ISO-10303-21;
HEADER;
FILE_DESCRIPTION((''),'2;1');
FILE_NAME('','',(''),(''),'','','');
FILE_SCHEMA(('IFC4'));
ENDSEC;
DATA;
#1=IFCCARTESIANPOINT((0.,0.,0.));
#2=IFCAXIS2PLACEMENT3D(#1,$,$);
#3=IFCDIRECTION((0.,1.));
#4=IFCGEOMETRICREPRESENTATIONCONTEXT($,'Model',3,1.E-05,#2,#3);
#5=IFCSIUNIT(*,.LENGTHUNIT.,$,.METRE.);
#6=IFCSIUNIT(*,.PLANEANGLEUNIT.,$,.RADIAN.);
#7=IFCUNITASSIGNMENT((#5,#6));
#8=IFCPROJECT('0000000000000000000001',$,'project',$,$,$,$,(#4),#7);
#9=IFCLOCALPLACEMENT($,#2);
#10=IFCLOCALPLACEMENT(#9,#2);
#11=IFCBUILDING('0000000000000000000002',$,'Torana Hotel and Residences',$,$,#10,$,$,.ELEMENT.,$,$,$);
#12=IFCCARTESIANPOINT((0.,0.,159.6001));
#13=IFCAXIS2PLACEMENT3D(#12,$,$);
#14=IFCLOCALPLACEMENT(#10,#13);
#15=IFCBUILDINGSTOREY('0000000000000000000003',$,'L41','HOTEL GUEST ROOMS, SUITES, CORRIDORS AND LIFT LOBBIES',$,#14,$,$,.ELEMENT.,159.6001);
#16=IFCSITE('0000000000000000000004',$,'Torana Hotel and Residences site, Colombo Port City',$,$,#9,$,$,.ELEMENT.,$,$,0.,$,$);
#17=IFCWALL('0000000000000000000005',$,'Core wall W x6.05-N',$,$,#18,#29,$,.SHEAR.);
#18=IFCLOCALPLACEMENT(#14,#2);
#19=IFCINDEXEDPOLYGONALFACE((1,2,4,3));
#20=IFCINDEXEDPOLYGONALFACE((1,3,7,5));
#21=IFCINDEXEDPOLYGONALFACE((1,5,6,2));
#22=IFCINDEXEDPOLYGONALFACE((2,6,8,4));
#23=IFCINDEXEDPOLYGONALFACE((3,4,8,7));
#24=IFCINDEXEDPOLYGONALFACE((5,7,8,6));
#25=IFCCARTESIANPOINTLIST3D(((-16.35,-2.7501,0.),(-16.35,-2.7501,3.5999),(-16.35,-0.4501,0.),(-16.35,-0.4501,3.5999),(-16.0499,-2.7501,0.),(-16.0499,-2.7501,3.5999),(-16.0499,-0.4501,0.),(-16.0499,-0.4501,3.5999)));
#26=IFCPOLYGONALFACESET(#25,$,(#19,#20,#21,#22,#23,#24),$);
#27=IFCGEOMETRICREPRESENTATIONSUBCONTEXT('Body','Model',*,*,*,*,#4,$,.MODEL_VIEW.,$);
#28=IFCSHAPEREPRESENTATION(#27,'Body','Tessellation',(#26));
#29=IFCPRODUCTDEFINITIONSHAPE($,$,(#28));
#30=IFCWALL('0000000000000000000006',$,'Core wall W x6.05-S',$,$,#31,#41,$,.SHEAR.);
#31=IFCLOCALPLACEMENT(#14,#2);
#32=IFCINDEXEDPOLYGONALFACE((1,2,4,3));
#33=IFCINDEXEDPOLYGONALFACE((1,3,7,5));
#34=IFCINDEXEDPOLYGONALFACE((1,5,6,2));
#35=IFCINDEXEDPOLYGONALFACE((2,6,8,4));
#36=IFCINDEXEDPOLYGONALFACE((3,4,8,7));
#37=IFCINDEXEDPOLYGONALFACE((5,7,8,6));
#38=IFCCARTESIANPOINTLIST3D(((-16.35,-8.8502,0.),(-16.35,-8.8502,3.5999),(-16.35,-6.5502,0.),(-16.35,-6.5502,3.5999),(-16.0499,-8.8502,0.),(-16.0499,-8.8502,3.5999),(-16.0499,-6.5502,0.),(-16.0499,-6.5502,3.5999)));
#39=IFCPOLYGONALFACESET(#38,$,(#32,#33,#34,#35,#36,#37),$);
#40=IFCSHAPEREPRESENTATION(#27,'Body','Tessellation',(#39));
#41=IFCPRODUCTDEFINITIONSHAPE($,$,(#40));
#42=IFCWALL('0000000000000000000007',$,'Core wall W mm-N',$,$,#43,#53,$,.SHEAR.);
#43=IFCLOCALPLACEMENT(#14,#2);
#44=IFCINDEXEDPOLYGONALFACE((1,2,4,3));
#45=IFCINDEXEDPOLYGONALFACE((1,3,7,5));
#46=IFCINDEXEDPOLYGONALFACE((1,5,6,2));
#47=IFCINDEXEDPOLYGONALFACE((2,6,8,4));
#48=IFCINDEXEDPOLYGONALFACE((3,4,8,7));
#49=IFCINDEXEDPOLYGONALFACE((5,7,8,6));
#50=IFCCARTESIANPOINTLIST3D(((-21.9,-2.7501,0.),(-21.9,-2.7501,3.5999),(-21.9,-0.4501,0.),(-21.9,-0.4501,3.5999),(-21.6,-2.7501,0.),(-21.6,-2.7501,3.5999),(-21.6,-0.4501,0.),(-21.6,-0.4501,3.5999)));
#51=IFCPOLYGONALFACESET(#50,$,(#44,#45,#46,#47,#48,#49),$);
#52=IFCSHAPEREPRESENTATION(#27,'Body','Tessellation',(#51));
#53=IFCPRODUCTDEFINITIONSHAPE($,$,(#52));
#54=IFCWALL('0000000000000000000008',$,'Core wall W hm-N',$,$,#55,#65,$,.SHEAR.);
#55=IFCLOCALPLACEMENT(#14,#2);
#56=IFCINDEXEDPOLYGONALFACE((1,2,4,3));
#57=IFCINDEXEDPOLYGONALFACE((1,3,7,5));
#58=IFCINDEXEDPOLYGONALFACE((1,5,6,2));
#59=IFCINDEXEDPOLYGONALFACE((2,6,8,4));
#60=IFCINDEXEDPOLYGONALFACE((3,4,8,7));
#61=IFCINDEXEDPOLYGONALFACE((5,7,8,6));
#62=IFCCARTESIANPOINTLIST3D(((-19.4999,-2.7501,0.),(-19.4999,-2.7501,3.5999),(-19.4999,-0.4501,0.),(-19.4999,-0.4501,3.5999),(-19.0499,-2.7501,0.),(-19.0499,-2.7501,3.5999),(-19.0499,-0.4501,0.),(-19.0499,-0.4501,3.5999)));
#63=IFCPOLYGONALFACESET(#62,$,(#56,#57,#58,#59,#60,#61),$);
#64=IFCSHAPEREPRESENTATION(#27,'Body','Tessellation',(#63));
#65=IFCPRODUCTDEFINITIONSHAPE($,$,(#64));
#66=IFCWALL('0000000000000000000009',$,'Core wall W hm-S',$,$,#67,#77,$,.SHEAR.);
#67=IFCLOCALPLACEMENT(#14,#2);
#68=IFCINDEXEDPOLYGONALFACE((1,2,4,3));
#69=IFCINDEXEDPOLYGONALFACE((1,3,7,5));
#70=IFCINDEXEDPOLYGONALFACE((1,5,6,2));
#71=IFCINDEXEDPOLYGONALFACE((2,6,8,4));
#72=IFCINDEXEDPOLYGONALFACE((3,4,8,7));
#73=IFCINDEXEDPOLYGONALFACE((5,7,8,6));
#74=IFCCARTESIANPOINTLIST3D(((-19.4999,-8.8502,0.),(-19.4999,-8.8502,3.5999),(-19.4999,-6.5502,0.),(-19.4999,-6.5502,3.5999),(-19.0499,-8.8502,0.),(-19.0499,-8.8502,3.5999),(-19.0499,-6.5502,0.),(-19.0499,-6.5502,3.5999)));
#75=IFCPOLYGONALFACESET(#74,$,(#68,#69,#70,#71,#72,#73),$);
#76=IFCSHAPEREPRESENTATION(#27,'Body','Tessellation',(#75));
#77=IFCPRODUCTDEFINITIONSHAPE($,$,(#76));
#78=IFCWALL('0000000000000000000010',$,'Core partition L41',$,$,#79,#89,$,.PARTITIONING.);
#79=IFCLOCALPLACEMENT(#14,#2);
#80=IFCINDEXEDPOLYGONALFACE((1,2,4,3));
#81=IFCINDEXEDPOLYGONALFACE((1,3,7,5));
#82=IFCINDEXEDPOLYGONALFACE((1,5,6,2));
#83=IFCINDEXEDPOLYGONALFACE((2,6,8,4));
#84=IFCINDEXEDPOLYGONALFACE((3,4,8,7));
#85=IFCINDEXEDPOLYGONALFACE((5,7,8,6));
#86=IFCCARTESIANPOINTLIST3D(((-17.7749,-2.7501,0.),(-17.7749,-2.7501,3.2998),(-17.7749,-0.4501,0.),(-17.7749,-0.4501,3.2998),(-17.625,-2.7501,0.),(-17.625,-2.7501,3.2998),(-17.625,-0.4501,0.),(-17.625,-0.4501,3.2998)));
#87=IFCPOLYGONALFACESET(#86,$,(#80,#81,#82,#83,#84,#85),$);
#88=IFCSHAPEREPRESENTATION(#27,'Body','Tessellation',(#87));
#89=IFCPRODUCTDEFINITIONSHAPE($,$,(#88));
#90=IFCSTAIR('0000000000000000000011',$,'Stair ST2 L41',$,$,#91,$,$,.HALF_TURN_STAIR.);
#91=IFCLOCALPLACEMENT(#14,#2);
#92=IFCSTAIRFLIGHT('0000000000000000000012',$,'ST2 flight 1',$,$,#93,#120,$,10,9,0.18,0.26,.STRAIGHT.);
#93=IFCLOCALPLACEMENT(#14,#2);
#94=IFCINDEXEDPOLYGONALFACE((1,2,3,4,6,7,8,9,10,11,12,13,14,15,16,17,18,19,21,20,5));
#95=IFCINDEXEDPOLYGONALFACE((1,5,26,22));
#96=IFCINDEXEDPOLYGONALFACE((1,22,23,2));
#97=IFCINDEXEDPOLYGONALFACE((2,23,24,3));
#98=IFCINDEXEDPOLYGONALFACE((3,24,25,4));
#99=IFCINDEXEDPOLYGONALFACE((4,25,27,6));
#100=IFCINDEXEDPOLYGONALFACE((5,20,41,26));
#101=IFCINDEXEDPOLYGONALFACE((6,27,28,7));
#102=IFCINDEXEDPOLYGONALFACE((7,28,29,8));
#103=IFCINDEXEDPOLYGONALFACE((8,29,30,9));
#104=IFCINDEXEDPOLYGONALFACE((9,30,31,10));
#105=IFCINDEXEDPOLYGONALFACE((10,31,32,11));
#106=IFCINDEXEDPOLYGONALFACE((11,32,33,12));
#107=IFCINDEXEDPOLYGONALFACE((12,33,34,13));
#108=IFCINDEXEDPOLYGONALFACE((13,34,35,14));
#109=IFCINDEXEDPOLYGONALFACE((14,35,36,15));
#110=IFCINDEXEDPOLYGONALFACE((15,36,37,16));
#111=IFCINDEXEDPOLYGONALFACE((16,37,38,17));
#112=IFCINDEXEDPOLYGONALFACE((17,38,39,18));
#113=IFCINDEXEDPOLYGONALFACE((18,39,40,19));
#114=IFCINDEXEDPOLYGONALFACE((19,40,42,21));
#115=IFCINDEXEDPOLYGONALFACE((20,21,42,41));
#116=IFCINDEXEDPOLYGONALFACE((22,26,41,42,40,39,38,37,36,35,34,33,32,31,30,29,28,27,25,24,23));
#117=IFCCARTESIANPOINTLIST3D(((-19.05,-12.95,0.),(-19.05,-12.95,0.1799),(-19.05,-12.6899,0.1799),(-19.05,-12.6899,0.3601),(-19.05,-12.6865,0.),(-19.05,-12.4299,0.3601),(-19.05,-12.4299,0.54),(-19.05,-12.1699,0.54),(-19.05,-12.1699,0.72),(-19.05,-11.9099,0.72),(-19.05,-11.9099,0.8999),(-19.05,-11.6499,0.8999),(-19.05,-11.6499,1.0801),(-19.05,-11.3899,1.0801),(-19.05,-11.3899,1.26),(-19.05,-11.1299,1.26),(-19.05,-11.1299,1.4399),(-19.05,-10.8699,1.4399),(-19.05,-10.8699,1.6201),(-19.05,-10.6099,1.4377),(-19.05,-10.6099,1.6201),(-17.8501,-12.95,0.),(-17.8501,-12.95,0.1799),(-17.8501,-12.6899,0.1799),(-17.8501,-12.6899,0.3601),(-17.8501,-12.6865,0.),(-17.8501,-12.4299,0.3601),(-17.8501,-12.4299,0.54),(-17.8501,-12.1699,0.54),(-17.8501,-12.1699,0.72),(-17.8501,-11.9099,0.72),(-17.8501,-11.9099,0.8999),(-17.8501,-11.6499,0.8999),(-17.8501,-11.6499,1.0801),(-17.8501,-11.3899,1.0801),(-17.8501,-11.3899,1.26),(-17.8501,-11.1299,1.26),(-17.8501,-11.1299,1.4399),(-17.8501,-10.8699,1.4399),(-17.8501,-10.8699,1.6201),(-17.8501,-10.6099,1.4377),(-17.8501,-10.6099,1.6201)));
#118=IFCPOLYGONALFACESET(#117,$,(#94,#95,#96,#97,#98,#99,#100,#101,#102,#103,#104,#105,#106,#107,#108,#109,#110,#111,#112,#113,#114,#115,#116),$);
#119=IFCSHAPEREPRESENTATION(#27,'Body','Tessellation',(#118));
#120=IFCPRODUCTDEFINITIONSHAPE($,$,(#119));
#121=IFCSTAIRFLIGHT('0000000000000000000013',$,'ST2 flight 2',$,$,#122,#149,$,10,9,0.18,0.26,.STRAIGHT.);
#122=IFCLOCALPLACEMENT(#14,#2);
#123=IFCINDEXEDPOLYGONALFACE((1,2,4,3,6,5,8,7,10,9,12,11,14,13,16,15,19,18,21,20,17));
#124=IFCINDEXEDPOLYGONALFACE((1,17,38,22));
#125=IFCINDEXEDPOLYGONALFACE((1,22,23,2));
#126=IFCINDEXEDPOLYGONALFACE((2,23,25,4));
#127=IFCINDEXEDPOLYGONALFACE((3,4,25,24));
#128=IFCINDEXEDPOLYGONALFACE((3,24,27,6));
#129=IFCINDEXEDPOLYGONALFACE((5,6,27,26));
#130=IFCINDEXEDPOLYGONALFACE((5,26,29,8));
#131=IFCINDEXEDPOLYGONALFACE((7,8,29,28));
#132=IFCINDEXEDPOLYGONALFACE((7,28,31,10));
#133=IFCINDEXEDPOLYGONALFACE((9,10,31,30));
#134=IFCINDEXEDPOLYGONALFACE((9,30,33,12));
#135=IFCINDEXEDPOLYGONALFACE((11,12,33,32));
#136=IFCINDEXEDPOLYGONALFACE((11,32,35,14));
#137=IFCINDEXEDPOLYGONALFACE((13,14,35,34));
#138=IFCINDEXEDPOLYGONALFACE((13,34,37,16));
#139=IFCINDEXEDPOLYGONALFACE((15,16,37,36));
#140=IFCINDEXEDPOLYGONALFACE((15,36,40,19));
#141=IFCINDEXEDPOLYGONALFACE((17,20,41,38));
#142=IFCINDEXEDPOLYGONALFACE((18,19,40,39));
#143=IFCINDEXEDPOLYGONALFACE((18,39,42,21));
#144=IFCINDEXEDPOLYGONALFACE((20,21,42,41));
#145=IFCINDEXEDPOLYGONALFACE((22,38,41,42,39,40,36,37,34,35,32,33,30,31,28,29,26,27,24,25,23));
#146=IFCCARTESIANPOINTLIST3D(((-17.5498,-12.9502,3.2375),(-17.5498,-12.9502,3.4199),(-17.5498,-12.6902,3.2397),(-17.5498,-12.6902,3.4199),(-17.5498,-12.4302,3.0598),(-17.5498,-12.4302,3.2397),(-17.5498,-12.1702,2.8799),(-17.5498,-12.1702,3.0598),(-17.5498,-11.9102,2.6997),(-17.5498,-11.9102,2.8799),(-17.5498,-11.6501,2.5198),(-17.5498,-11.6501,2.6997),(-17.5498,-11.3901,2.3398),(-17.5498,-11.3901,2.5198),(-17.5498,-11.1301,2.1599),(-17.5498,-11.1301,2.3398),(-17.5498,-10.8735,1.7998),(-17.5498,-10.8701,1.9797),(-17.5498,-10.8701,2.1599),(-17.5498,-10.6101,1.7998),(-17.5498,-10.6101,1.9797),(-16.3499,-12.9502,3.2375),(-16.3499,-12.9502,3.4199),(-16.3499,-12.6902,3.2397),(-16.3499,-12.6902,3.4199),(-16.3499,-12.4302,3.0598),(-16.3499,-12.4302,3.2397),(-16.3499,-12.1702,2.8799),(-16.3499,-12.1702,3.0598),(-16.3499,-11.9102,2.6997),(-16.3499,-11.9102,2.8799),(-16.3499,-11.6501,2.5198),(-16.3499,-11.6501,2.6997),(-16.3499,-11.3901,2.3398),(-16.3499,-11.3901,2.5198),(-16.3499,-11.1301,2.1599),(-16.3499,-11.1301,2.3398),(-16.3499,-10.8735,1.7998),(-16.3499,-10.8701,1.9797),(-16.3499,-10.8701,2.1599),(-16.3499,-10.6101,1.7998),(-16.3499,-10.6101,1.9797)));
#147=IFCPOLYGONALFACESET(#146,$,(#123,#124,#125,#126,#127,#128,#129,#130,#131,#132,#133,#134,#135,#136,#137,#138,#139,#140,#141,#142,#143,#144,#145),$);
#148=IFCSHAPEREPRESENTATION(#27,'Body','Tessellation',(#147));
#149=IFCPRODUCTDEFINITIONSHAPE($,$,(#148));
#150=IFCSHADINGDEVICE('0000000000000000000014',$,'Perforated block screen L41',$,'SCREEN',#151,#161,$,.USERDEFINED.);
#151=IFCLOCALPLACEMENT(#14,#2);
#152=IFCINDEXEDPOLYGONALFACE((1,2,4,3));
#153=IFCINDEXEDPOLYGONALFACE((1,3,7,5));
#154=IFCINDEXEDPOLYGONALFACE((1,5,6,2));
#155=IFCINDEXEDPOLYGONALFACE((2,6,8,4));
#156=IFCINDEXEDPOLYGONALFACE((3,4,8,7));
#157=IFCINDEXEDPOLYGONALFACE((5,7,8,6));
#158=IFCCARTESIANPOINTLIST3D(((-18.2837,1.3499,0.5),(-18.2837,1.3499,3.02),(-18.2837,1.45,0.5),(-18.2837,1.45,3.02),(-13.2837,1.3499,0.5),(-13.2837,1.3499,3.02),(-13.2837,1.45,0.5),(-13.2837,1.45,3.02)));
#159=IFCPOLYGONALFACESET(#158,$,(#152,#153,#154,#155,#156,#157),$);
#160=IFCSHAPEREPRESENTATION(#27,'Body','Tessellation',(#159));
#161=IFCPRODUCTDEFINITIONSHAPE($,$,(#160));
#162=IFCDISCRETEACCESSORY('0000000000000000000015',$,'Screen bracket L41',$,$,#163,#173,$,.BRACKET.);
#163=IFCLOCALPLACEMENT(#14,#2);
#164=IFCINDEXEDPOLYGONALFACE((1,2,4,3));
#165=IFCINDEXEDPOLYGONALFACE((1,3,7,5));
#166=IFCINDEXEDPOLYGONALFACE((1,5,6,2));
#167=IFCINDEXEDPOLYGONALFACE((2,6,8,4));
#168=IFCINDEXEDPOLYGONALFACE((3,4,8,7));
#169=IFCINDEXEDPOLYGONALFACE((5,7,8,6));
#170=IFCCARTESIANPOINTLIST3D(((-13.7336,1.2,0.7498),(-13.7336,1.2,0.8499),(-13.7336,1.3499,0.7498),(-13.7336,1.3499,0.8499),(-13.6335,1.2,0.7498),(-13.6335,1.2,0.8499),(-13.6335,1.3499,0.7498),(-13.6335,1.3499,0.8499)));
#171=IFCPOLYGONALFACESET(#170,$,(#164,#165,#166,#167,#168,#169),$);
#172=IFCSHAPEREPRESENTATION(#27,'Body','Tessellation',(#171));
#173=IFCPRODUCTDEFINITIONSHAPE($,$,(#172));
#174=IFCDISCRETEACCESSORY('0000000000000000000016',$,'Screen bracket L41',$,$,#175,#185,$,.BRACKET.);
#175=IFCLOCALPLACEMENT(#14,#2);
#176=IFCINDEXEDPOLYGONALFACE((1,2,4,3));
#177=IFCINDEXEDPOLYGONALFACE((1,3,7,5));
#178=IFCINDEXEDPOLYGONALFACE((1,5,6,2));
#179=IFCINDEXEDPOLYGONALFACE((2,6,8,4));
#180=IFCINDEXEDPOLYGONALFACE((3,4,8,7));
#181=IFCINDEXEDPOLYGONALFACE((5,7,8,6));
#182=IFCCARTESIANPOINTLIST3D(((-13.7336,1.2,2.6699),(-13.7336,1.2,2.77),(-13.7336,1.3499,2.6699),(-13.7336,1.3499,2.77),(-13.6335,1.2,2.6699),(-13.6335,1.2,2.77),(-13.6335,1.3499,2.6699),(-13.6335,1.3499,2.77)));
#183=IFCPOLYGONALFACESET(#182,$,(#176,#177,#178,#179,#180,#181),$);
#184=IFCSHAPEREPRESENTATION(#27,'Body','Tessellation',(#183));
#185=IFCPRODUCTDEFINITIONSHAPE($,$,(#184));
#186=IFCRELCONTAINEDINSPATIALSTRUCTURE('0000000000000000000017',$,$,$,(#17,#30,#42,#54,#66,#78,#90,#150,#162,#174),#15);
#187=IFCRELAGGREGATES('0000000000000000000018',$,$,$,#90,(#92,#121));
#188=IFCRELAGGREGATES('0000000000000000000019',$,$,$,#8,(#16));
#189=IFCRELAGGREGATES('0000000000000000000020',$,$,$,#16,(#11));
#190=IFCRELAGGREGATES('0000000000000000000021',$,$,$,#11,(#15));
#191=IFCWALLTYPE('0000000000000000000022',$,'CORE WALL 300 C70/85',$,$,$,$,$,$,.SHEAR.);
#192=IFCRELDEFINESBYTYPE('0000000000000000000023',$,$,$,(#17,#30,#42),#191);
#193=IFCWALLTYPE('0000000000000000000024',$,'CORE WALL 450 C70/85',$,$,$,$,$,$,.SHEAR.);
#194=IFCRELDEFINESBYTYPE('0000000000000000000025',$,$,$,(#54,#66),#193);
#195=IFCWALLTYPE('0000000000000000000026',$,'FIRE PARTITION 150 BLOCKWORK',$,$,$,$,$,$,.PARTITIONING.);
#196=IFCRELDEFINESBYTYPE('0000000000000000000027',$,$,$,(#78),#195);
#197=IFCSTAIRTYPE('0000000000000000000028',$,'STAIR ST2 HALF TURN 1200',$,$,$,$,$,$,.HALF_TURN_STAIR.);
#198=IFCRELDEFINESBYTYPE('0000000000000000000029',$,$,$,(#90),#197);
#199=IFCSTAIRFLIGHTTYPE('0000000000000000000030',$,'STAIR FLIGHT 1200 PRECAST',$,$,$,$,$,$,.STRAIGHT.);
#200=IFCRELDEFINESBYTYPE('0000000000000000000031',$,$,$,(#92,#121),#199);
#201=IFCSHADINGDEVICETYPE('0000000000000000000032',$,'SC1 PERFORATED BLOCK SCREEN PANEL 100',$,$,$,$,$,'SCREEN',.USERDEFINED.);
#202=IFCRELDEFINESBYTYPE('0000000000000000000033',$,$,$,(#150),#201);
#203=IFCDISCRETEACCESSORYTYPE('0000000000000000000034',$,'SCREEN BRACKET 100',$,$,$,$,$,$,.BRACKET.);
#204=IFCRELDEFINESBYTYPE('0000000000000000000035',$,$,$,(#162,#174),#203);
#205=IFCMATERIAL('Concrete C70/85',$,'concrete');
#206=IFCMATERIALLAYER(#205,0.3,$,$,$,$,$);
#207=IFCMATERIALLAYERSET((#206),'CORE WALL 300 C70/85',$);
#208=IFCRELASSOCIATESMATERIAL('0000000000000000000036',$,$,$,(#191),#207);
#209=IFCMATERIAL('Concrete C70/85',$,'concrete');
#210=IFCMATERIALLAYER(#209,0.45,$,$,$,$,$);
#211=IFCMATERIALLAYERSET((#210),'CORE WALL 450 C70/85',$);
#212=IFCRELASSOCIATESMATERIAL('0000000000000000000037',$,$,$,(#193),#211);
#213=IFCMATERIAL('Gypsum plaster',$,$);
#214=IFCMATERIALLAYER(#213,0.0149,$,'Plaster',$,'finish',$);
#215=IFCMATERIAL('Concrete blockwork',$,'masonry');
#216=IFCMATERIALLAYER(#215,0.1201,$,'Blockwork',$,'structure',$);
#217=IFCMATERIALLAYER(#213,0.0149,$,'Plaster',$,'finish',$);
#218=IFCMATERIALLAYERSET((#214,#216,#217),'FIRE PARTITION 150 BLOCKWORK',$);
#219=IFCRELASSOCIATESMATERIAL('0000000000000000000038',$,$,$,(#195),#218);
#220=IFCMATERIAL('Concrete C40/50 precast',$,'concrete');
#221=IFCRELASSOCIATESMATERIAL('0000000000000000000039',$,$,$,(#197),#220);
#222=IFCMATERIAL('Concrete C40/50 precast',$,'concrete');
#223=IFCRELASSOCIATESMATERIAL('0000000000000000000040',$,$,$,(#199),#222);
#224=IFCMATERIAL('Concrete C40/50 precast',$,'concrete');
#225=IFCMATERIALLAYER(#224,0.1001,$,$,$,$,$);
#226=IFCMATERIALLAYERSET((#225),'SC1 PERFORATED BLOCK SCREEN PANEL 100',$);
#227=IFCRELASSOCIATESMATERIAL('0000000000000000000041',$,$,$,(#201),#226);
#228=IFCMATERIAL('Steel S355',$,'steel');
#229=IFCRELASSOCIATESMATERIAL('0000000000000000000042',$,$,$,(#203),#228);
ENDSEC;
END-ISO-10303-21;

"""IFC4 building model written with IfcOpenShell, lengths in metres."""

from ifc_helpers import new_model, si_unit, direction, frame, frame_2d, origin, origin_2d, place, context, subcontext, project, spatial, polyline, rectangle, outline, extrude, material, layer, layer_set, type_object, element, aggregate, save


model = new_model("IFC4")

# Units and contexts
model_context = context("Model", 3, precision=1e-05, world=origin(), true_north=direction((0.0, 1.0)))
body_context = subcontext(model_context, "Body", "Model", "MODEL_VIEW")
ifc_project = project(units=[si_unit("LENGTHUNIT", "METRE"), si_unit("PLANEANGLEUNIT", "RADIAN")], contexts=[model_context])

# Site, building, storey
site_placement = place(None, origin())
site = spatial("IfcSite", under=ifc_project, at=site_placement, Name="Torana Hotel and Residences site, Colombo Port City", CompositionType="ELEMENT", RefElevation=0.0)
building_placement = place(site_placement, origin())
building = spatial("IfcBuilding", under=site, at=building_placement, Name="Torana Hotel and Residences", CompositionType="ELEMENT")
storey_placement = place(building_placement, frame((0.0, 0.0, 159.6001)))
storey = spatial("IfcBuildingStorey", under=building, at=storey_placement, Name="L41", Description="HOTEL GUEST ROOMS, SUITES, CORRIDORS AND LIFT LOBBIES", CompositionType="ELEMENT", Elevation=159.6001)

# Walls
ifc_material_1 = material(Name="Concrete C70/85", Category="concrete")
ifc_layer_1 = layer(ifc_material_1, 0.3)
ifc_layer_set_1 = layer_set([ifc_layer_1], Name="CORE WALL 300 C70/85")
wall_type_1 = type_object("IfcWallType", Name="CORE WALL 300 C70/85", PredefinedType="SHEAR", material=ifc_layer_set_1)
for number, where, z_axis, x_axis, name in (
    (1, (-16.2, -2.75, 0.0), (0.0, 0.0, 1.0), (0.0, 1.0, 0.0), "Core wall W x6.05-N"),
    (2, (-16.2, -8.8501, 0.0), (0.0, 0.0, 1.0), (0.0, 1.0, 0.0), "Core wall W x6.05-S"),
    (3, (-21.75, -2.75, 0.0), (0.0, 0.0, 1.0), (0.0, 1.0, 0.0), "Core wall W mm-N"),
):
    element("IfcWall", number, at=place(storey_placement, frame(where, z_axis=z_axis, x_axis=x_axis)), inside=storey, type_object=wall_type_1, Name=name, PredefinedType="SHEAR", context=body_context, shape_type="SweptSolid", body=[
        extrude(rectangle(XDim=2.3, YDim=0.3, at=frame_2d((1.1499, 0.0))), origin(), (0.0, 0.0, 1.0), 3.5999),
    ])
ifc_material_2 = material(Name="Concrete C70/85", Category="concrete")
ifc_layer_2 = layer(ifc_material_2, 0.45)
ifc_layer_set_2 = layer_set([ifc_layer_2], Name="CORE WALL 450 C70/85")
wall_type_2 = type_object("IfcWallType", Name="CORE WALL 450 C70/85", PredefinedType="SHEAR", material=ifc_layer_set_2)
for number, where, z_axis, x_axis, name in (
    (4, (-19.2749, -2.75, 0.0), (0.0, 0.0, 1.0), (0.0, 1.0, 0.0), "Core wall W hm-N"),
    (5, (-19.2749, -8.8501, 0.0), (0.0, 0.0, 1.0), (0.0, 1.0, 0.0), "Core wall W hm-S"),
):
    element("IfcWall", number, at=place(storey_placement, frame(where, z_axis=z_axis, x_axis=x_axis)), inside=storey, type_object=wall_type_2, Name=name, PredefinedType="SHEAR", context=body_context, shape_type="SweptSolid", body=[
        extrude(rectangle(XDim=2.3, YDim=0.45, at=frame_2d((1.1499, 0.0))), origin(), (0.0, 0.0, 1.0), 3.5999),
    ])
ifc_material_3 = material(Name="Gypsum plaster")
ifc_layer_3 = layer(ifc_material_3, 0.0149, Name="Plaster", Category="finish")
ifc_material_4 = material(Name="Concrete blockwork", Category="masonry")
ifc_layer_4 = layer(ifc_material_4, 0.1201, Name="Blockwork", Category="structure")
ifc_layer_5 = layer(ifc_material_3, 0.0149, Name="Plaster", Category="finish")
ifc_layer_set_3 = layer_set([ifc_layer_3, ifc_layer_4, ifc_layer_5], Name="FIRE PARTITION 150 BLOCKWORK")
wall_type_3 = type_object("IfcWallType", Name="FIRE PARTITION 150 BLOCKWORK", PredefinedType="PARTITIONING", material=ifc_layer_set_3)
wall_placement = place(storey_placement, frame((-17.7, -2.75, 0.0), z_axis=(0.0, 0.0, 1.0), x_axis=(0.0, 1.0, 0.0)))
element("IfcWall", 6, at=wall_placement, inside=storey, type_object=wall_type_3, Name="Core partition L41", PredefinedType="PARTITIONING", context=body_context, shape_type="SweptSolid", body=[
    extrude(rectangle(XDim=2.3, YDim=0.1499, at=frame_2d((1.1499, 0.0))), origin(), (0.0, 0.0, 1.0), 3.2998),
])

# Stair, stair flights
ifc_material_5 = material(Name="Concrete C40/50 precast", Category="concrete")
stair_type = type_object("IfcStairType", Name="STAIR ST2 HALF TURN 1200", PredefinedType="HALF_TURN_STAIR", material=ifc_material_5)
stair_placement = place(storey_placement, origin())
stair = element("IfcStair", 7, at=stair_placement, inside=storey, type_object=stair_type, Name="Stair ST2 L41", PredefinedType="HALF_TURN_STAIR")
ifc_material_6 = material(Name="Concrete C40/50 precast", Category="concrete")
stair_flight_type = type_object("IfcStairFlightType", Name="STAIR FLIGHT 1200 PRECAST", PredefinedType="STRAIGHT", material=ifc_material_6)
stair_flight_1_placement = place(storey_placement, frame((-18.45, -12.95, 0.0), z_axis=(0.0, 0.0, 1.0), x_axis=(0.0, 1.0, 0.0)))
stair_flight_1 = element("IfcStairFlight", 8, at=stair_flight_1_placement, type_object=stair_flight_type, Name="ST2 flight 1", NumberOfRisers=10, NumberOfTreads=9, PredefinedType="STRAIGHT", RiserHeight=0.18, TreadLength=0.26, context=body_context, shape_type="SweptSolid", body=[
    extrude(outline(polyline([(0.0, 0.0), (0.0, 0.1799), (0.26, 0.1799), (0.26, 0.3601), (0.52, 0.3601), (0.52, 0.54), (0.78, 0.54), (0.78, 0.72), (1.04, 0.72), (1.04, 0.8999), (1.3, 0.8999), (1.3, 1.0801), (1.5601, 1.0801), (1.5601, 1.26), (1.8201, 1.26), (1.8201, 1.4399), (2.0801, 1.4399), (2.0801, 1.6201), (2.3401, 1.6201), (2.3401, 1.8), (2.3401, 1.4377), (0.2634, 0.0), (0.0, 0.0)])), frame((0.0, 0.6001, 0.0), z_axis=(0.0, -1.0, 0.0), x_axis=(1.0, 0.0, 0.0)), (0.0, 0.0, 1.0), 1.2),
])
stair_flight_2_placement = place(storey_placement, frame((-16.95, -10.6101, 1.7998), z_axis=(0.0, 0.0, 1.0), x_axis=(0.0, -1.0, 0.0)))
stair_flight_2 = element("IfcStairFlight", 9, at=stair_flight_2_placement, type_object=stair_flight_type, Name="ST2 flight 2", NumberOfRisers=10, NumberOfTreads=9, PredefinedType="STRAIGHT", RiserHeight=0.18, TreadLength=0.26, context=body_context, shape_type="SweptSolid", body=[
    extrude(outline(polyline([(0.0, 0.0), (0.0, 0.1799), (0.26, 0.1799), (0.26, 0.3601), (0.52, 0.3601), (0.52, 0.54), (0.78, 0.54), (0.78, 0.72), (1.04, 0.72), (1.04, 0.8999), (1.3, 0.8999), (1.3, 1.0801), (1.5601, 1.0801), (1.5601, 1.26), (1.8201, 1.26), (1.8201, 1.4399), (2.0801, 1.4399), (2.0801, 1.6201), (2.3401, 1.6201), (2.3401, 1.8), (2.3401, 1.4377), (0.2634, 0.0), (0.0, 0.0)])), frame((0.0, 0.6001, 0.0), z_axis=(0.0, -1.0, 0.0), x_axis=(1.0, 0.0, 0.0)), (0.0, 0.0, 1.0), 1.2),
])
aggregate(stair, [stair_flight_1, stair_flight_2])

# Shading device
ifc_material_7 = material(Name="Concrete C40/50 precast", Category="concrete")
ifc_layer_6 = layer(ifc_material_7, 0.1001)
ifc_layer_set_4 = layer_set([ifc_layer_6], Name="SC1 PERFORATED BLOCK SCREEN PANEL 100")
shading_device_type = type_object("IfcShadingDeviceType", Name="SC1 PERFORATED BLOCK SCREEN PANEL 100", ElementType="SCREEN", PredefinedType="USERDEFINED", material=ifc_layer_set_4)
shading_device_placement = place(storey_placement, frame((-15.7837, 1.3999, 0.5), z_axis=(0.0, 0.0, 1.0), x_axis=(-1.0, 0.0, 0.0)))
element("IfcShadingDevice", 10, at=shading_device_placement, inside=storey, type_object=shading_device_type, Name="Perforated block screen L41", ObjectType="SCREEN", PredefinedType="USERDEFINED", context=body_context, shape_type="SweptSolid", body=[
    extrude(rectangle(XDim=5.0, YDim=0.1001, at=origin_2d()), origin(), (0.0, 0.0, 1.0), 2.52),
])

# Discrete accessories
ifc_material_8 = material(Name="Steel S355", Category="steel")
discrete_accessory_type = type_object("IfcDiscreteAccessoryType", Name="SCREEN BRACKET 100", PredefinedType="BRACKET", material=ifc_material_8)
for number, where, z_axis, x_axis, name in (
    (11, (-13.6836, 1.2749, 0.7498), (0.0, 0.0, 1.0), (-1.0, 0.0, 0.0), "Screen bracket L41"),
    (12, (-13.6836, 1.2749, 2.6699), (0.0, 0.0, 1.0), (-1.0, 0.0, 0.0), "Screen bracket L41"),
):
    element("IfcDiscreteAccessory", number, at=place(storey_placement, frame(where, z_axis=z_axis, x_axis=x_axis)), inside=storey, type_object=discrete_accessory_type, Name=name, PredefinedType="BRACKET", context=body_context, shape_type="SweptSolid", body=[
        extrude(rectangle(XDim=0.1001, YDim=0.1499, at=origin_2d()), origin(), (0.0, 0.0, 1.0), 0.1001),
    ])

save(model, "model.ifc")
